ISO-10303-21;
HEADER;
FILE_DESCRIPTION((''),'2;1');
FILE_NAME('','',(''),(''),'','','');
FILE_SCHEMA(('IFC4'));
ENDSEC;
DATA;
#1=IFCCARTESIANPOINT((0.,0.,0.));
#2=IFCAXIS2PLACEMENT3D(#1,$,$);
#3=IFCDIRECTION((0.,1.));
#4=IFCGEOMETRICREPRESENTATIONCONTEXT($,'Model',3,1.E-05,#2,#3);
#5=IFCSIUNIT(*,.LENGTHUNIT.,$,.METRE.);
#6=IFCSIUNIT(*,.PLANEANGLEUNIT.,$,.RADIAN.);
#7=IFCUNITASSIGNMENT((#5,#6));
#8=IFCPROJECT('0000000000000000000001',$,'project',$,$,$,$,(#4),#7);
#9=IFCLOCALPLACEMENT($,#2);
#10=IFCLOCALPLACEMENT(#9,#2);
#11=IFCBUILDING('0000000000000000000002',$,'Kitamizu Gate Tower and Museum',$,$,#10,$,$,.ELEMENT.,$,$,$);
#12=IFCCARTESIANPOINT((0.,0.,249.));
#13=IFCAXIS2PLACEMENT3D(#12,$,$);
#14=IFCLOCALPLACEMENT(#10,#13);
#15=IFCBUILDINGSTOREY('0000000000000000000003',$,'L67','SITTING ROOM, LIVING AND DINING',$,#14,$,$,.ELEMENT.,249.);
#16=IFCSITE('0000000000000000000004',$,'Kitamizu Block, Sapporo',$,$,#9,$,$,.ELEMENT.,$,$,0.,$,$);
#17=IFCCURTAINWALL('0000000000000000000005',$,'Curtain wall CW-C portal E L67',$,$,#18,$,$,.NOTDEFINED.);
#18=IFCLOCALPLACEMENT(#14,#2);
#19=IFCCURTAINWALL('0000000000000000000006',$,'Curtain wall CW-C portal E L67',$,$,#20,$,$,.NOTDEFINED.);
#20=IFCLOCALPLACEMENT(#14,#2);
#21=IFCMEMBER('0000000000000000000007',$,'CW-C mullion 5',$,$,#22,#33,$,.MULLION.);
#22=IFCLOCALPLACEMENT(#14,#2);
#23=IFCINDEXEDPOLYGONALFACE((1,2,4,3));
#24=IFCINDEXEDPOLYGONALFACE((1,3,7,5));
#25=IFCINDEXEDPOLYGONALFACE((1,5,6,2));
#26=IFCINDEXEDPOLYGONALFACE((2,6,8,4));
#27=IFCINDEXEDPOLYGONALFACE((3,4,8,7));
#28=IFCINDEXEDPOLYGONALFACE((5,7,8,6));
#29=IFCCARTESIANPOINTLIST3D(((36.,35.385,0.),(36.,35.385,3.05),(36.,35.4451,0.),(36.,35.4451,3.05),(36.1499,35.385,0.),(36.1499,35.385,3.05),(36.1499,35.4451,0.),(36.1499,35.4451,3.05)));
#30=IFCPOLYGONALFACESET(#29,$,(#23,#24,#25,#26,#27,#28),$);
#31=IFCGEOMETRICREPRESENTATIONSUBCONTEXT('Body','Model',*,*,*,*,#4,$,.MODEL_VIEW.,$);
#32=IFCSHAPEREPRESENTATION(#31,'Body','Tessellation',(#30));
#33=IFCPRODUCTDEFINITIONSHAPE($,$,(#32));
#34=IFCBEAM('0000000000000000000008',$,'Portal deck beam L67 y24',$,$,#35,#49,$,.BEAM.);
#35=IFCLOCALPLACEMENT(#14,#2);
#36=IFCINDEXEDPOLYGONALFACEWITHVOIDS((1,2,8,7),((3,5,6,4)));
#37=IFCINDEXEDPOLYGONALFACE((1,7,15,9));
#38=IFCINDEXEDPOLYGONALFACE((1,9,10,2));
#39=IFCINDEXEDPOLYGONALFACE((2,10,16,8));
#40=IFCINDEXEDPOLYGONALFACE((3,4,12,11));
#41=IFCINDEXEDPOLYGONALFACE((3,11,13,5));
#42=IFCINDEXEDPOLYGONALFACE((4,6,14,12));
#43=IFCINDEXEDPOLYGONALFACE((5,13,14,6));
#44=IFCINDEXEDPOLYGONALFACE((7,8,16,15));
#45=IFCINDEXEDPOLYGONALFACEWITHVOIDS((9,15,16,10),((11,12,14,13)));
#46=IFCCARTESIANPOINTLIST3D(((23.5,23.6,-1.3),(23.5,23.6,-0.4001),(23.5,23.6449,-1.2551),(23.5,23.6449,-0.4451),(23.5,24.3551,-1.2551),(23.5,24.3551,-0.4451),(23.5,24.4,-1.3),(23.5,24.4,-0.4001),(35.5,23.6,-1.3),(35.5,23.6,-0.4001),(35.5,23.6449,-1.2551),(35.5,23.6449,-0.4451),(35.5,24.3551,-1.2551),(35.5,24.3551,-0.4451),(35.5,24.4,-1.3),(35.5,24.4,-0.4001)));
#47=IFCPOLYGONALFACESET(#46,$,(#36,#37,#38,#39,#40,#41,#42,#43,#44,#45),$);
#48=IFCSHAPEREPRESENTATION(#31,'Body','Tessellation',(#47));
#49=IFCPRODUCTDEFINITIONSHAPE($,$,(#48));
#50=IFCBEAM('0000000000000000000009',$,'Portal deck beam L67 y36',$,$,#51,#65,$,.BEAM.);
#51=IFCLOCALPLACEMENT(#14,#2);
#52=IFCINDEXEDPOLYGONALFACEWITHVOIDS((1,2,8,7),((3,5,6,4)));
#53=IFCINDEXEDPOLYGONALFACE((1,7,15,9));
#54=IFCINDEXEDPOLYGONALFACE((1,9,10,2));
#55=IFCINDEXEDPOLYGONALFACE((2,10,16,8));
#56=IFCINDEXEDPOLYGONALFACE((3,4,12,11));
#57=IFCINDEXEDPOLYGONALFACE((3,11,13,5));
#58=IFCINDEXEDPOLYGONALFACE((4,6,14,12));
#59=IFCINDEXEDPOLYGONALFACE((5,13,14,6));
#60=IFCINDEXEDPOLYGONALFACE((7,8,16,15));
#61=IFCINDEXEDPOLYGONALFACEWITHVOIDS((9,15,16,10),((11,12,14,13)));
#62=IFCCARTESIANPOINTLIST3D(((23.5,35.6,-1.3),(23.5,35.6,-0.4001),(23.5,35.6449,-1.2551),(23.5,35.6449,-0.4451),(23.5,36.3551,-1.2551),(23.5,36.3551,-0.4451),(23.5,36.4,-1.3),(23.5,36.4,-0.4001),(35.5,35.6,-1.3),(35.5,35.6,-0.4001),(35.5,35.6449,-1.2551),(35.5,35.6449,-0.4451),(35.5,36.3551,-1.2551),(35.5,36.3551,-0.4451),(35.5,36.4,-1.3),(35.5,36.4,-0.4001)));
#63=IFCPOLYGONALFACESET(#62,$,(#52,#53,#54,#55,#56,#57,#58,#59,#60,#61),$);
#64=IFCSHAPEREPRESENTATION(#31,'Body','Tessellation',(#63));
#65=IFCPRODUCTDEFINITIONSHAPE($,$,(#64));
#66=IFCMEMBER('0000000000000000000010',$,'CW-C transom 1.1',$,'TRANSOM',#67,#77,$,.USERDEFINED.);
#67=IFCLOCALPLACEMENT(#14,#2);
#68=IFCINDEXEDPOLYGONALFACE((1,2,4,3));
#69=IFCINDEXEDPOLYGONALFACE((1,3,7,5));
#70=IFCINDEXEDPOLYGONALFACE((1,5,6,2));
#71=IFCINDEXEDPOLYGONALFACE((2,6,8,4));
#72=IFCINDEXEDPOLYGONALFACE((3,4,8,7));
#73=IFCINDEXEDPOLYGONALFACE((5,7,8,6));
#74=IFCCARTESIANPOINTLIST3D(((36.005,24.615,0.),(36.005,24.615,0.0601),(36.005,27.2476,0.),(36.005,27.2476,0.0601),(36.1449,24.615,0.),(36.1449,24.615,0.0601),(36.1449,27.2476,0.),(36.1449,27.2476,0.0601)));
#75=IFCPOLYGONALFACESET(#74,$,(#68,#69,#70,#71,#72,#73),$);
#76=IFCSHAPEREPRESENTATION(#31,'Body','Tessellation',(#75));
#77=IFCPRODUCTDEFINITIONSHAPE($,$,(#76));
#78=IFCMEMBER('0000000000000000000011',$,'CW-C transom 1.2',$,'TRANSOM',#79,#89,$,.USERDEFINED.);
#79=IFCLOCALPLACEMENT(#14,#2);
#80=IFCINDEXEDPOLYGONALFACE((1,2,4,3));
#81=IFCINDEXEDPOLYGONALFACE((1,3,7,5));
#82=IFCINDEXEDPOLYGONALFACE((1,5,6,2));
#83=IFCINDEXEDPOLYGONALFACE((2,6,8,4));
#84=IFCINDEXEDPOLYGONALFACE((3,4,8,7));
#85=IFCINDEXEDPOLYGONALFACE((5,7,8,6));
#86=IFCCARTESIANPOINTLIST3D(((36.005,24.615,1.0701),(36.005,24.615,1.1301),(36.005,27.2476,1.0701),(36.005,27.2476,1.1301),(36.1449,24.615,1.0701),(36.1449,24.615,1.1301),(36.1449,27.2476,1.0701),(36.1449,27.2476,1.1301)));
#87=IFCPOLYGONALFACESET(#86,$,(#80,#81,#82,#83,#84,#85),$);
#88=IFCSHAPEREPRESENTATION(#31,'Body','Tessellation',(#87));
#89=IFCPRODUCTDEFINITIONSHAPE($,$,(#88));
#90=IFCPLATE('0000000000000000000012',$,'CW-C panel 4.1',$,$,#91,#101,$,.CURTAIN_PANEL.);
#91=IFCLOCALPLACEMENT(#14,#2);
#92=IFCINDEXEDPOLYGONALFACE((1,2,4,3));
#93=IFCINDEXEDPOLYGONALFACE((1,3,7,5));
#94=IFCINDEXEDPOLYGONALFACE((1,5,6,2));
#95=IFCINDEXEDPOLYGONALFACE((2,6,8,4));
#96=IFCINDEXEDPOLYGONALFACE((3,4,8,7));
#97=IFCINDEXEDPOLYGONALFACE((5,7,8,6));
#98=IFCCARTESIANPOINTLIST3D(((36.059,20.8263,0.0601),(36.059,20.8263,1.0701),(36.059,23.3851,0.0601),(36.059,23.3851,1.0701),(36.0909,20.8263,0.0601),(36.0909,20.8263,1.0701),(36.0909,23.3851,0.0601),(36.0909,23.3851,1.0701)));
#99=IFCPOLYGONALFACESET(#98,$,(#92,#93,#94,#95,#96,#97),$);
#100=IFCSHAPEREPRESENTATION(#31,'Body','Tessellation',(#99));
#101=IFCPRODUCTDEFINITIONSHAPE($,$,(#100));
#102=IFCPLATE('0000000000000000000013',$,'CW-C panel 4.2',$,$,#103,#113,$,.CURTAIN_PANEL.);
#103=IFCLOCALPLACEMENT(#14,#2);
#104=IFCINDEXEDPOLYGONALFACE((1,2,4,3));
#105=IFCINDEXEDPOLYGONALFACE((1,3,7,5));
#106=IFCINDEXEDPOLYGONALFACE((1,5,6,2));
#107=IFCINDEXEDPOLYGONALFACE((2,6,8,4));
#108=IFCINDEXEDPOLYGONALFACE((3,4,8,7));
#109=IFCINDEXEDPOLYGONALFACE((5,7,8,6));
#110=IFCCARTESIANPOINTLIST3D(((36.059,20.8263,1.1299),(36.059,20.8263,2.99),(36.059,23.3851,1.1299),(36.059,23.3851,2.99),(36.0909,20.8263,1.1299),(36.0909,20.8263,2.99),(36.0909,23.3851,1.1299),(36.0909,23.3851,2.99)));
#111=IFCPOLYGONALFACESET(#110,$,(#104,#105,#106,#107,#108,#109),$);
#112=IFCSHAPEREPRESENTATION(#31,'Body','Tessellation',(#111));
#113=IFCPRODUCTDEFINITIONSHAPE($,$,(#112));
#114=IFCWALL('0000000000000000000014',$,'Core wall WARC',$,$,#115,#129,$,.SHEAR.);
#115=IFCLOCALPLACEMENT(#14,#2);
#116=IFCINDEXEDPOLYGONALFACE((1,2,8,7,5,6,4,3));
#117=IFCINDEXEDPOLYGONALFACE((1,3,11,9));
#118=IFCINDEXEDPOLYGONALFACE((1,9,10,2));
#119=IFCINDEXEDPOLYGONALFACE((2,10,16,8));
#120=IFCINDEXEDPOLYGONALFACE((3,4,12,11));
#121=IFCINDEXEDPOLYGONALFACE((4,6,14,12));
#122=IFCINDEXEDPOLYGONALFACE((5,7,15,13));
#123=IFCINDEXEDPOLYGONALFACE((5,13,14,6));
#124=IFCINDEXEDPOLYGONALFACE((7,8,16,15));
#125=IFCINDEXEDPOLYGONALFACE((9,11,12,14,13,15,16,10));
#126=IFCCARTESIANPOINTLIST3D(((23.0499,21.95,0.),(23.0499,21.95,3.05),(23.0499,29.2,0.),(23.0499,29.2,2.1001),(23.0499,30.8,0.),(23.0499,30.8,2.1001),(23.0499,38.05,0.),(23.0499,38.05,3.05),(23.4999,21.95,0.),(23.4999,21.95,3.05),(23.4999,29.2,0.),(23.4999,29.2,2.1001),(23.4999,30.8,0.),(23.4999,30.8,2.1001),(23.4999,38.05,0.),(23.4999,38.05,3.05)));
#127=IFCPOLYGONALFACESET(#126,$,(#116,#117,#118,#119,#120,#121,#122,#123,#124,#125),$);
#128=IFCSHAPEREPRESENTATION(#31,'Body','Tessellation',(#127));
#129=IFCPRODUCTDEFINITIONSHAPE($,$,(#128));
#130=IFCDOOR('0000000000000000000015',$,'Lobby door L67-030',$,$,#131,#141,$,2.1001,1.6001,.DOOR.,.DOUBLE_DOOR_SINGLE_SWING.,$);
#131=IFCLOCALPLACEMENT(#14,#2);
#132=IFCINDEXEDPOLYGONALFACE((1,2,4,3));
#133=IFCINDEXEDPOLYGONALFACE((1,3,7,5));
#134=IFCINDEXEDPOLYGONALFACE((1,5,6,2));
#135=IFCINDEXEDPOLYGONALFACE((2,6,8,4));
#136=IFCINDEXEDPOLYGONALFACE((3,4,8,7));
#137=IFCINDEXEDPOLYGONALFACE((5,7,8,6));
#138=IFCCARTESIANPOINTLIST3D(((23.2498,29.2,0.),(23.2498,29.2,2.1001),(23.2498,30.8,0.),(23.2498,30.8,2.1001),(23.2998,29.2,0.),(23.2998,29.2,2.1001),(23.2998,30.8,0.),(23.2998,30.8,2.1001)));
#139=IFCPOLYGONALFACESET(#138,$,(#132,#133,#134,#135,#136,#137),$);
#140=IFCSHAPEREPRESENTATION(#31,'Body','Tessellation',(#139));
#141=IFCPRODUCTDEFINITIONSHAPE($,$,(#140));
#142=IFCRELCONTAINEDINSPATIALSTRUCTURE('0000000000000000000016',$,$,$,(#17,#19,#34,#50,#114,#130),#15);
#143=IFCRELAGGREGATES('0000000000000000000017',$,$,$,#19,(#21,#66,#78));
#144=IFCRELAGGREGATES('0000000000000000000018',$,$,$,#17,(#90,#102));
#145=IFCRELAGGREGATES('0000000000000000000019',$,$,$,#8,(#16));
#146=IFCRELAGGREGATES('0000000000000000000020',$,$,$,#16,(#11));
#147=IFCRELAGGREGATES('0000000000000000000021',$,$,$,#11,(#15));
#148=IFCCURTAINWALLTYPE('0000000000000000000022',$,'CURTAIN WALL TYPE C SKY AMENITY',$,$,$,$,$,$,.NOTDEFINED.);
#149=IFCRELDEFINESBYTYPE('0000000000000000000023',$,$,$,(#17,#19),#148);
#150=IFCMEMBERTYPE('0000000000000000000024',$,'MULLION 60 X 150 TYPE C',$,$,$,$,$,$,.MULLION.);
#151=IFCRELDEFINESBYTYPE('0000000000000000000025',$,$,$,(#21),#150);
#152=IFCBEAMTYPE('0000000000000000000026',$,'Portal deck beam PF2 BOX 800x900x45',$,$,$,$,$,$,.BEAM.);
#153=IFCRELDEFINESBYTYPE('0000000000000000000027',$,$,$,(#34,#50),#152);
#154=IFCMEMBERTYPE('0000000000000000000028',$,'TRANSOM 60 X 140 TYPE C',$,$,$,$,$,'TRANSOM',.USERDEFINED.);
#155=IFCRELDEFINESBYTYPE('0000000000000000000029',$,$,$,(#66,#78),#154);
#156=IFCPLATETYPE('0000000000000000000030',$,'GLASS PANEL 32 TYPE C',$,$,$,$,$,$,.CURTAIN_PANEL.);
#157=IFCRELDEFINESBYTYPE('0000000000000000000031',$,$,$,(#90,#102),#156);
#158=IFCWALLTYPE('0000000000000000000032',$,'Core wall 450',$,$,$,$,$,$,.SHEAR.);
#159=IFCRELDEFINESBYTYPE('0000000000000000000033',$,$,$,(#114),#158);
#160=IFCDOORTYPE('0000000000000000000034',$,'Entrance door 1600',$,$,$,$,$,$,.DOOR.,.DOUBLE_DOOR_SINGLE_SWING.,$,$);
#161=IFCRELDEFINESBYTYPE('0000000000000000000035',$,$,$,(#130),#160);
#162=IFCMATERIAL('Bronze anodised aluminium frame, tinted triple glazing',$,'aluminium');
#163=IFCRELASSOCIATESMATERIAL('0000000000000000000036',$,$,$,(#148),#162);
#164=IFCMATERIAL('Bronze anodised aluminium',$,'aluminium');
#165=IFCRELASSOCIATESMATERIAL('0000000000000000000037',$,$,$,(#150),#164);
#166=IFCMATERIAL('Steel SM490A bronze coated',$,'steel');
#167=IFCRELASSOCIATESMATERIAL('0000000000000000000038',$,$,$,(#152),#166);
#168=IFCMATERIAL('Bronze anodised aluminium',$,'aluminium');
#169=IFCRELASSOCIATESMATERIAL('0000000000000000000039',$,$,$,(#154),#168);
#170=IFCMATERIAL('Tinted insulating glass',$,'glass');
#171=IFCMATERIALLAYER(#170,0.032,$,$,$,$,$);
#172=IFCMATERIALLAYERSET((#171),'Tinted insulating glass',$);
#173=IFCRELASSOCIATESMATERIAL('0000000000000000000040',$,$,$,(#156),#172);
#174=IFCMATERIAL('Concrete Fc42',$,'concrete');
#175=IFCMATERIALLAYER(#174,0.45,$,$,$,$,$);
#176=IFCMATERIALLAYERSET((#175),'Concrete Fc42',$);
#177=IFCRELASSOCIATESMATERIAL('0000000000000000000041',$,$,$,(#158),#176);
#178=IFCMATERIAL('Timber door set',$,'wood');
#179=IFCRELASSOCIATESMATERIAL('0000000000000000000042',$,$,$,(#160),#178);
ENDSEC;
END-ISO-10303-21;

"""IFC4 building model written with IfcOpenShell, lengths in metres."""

from ifc_helpers import new_model, si_unit, direction, frame, frame_2d, origin, origin_2d, place, context, subcontext, project, spatial, rectangle, hollow_rectangle, extrude, material, layer, layer_set, material_profile, profile_set, type_object, element, fill, aggregate, save


model = new_model("IFC4")

# Units and contexts
model_context = context("Model", 3, precision=1e-05, world=origin(), true_north=direction((0.0, 1.0)))
body_context = subcontext(model_context, "Body", "Model", "MODEL_VIEW")
ifc_project = project(units=[si_unit("LENGTHUNIT", "METRE"), si_unit("PLANEANGLEUNIT", "RADIAN")], contexts=[model_context])

# Site, building, storey
site_placement = place(None, origin())
site = spatial("IfcSite", under=ifc_project, at=site_placement, Name="Kitamizu Block, Sapporo", CompositionType="ELEMENT", RefElevation=0.0)
building_placement = place(site_placement, origin())
building = spatial("IfcBuilding", under=site, at=building_placement, Name="Kitamizu Gate Tower and Museum", CompositionType="ELEMENT")
storey_placement = place(building_placement, frame((0.0, 0.0, 249.0)))
storey = spatial("IfcBuildingStorey", under=building, at=storey_placement, Name="L67", Description="SITTING ROOM, LIVING AND DINING", CompositionType="ELEMENT", Elevation=249.0)

# Curtain wall
ifc_material_1 = material(Name="Bronze anodised aluminium frame, tinted triple glazing", Category="aluminium")
curtain_wall_type = type_object("IfcCurtainWallType", Name="CURTAIN WALL TYPE C SKY AMENITY", PredefinedType="NOTDEFINED", material=ifc_material_1)
curtain_wall_1_placement = place(storey_placement, origin())
curtain_wall_1 = element("IfcCurtainWall", 1, at=curtain_wall_1_placement, inside=storey, type_object=curtain_wall_type, Name="Curtain wall CW-C portal E L67", PredefinedType="NOTDEFINED")
ifc_material_2 = material(Name="Bronze anodised aluminium", Category="aluminium")
ifc_material_profile_1 = material_profile(ifc_material_2, rectangle(XDim=0.0601, YDim=0.1499, at=origin_2d()), Name="AL 60X150")
ifc_profile_set_1 = profile_set([ifc_material_profile_1], Name="Bronze anodised aluminium")
member_type_1 = type_object("IfcMemberType", Name="MULLION 60 X 150 TYPE C", PredefinedType="MULLION", material=ifc_profile_set_1)

# Curtain wall, member
curtain_wall_2_placement = place(storey_placement, origin())
curtain_wall_2 = element("IfcCurtainWall", 2, at=curtain_wall_2_placement, inside=storey, type_object=curtain_wall_type, Name="Curtain wall CW-C portal E L67", PredefinedType="NOTDEFINED")
member_1_placement = place(storey_placement, frame((36.075, 35.415, 0.0), z_axis=(0.0, 0.0, 1.0), x_axis=(0.0, 1.0, 0.0)))
member_1 = element("IfcMember", 3, at=member_1_placement, type_object=member_type_1, Name="CW-C mullion 5", PredefinedType="MULLION", context=body_context, shape_type="SweptSolid", body=[
    extrude(rectangle(XDim=0.0601, YDim=0.1499, at=origin_2d()), origin(), (0.0, 0.0, 1.0), 3.05),
])

# Beams
ifc_material_3 = material(Name="Steel SM490A bronze coated", Category="steel")
ifc_material_profile_2 = material_profile(ifc_material_3, hollow_rectangle(XDim=0.8, YDim=0.8999, WallThickness=0.0449, at=origin_2d()), Name="BOX 800x900x45")
ifc_profile_set_2 = profile_set([ifc_material_profile_2], Name="Steel SM490A bronze coated")
beam_type_1 = type_object("IfcBeamType", Name="Portal deck beam PF2 BOX 800x900x45", PredefinedType="BEAM", material=ifc_profile_set_2)
for number, where, z_axis, x_axis, name in (
    (4, (23.5, 24.0, -0.8501), (1.0, 0.0, 0.0), (0.0, 1.0, 0.0), "Portal deck beam L67 y24"),
    (5, (23.5, 36.0, -0.8501), (1.0, 0.0, 0.0), (0.0, 1.0, 0.0), "Portal deck beam L67 y36"),
):
    element("IfcBeam", number, at=place(storey_placement, frame(where, z_axis=z_axis, x_axis=x_axis)), inside=storey, type_object=beam_type_1, Name=name, PredefinedType="BEAM", context=body_context, shape_type="SweptSolid", body=[
        extrude(hollow_rectangle(XDim=0.8, YDim=0.8999, WallThickness=0.0449, at=origin_2d()), origin(), (0.0, 0.0, 1.0), 12.0),
    ])

# Members
ifc_material_4 = material(Name="Bronze anodised aluminium", Category="aluminium")
ifc_material_profile_3 = material_profile(ifc_material_4, rectangle(XDim=0.1399, YDim=0.0601, at=origin_2d()), Name="AL 60X140")
ifc_profile_set_3 = profile_set([ifc_material_profile_3], Name="Bronze anodised aluminium")
member_type_2 = type_object("IfcMemberType", Name="TRANSOM 60 X 140 TYPE C", ElementType="TRANSOM", PredefinedType="USERDEFINED", material=ifc_profile_set_3)
member_2_placement = place(storey_placement, frame((36.075, 24.615, 0.03), z_axis=(0.0, 1.0, 0.0), x_axis=(-1.0, 0.0, 0.0)))
member_2 = element("IfcMember", 6, at=member_2_placement, type_object=member_type_2, Name="CW-C transom 1.1", ObjectType="TRANSOM", PredefinedType="USERDEFINED", context=body_context, shape_type="SweptSolid", body=[
    extrude(rectangle(XDim=0.1399, YDim=0.0601, at=origin_2d()), origin(), (0.0, 0.0, 1.0), 2.6326),
])
member_3_placement = place(storey_placement, frame((36.075, 24.615, 1.1001), z_axis=(0.0, 1.0, 0.0), x_axis=(-1.0, 0.0, 0.0)))
member_3 = element("IfcMember", 7, at=member_3_placement, type_object=member_type_2, Name="CW-C transom 1.2", ObjectType="TRANSOM", PredefinedType="USERDEFINED", context=body_context, shape_type="SweptSolid", body=[
    extrude(rectangle(XDim=0.1399, YDim=0.0601, at=origin_2d()), origin(), (0.0, 0.0, 1.0), 2.6326),
])
aggregate(curtain_wall_2, [member_1, member_2, member_3])

# Plates
ifc_material_5 = material(Name="Tinted insulating glass", Category="glass")
ifc_layer_1 = layer(ifc_material_5, 0.032)
ifc_layer_set_1 = layer_set([ifc_layer_1], Name="Tinted insulating glass")
plate_type = type_object("IfcPlateType", Name="GLASS PANEL 32 TYPE C", PredefinedType="CURTAIN_PANEL", material=ifc_layer_set_1)
plate_1_placement = place(storey_placement, frame((36.075, 22.1057, 0.0601), z_axis=(0.0, 0.0, 1.0), x_axis=(0.0, 1.0, 0.0)))
plate_1 = element("IfcPlate", 8, at=plate_1_placement, type_object=plate_type, Name="CW-C panel 4.1", PredefinedType="CURTAIN_PANEL", context=body_context, shape_type="SweptSolid", body=[
    extrude(rectangle(XDim=2.5588, YDim=0.032, at=origin_2d()), origin(), (0.0, 0.0, 1.0), 1.01),
])
plate_2_placement = place(storey_placement, frame((36.075, 22.1057, 1.1299), z_axis=(0.0, 0.0, 1.0), x_axis=(0.0, 1.0, 0.0)))
plate_2 = element("IfcPlate", 9, at=plate_2_placement, type_object=plate_type, Name="CW-C panel 4.2", PredefinedType="CURTAIN_PANEL", context=body_context, shape_type="SweptSolid", body=[
    extrude(rectangle(XDim=2.5588, YDim=0.032, at=origin_2d()), origin(), (0.0, 0.0, 1.0), 1.8601),
])
aggregate(curtain_wall_1, [plate_1, plate_2])

# Wall, opening, door
ifc_material_6 = material(Name="Concrete Fc42", Category="concrete")
ifc_layer_2 = layer(ifc_material_6, 0.45)
ifc_layer_set_2 = layer_set([ifc_layer_2], Name="Concrete Fc42")
wall_type = type_object("IfcWallType", Name="Core wall 450", PredefinedType="SHEAR", material=ifc_layer_set_2)
wall_placement = place(storey_placement, frame((23.2749, 21.95, 0.0), z_axis=(0.0, 0.0, 1.0), x_axis=(0.0, 1.0, 0.0)))
wall = element("IfcWall", 10, at=wall_placement, inside=storey, type_object=wall_type, Name="Core wall WARC", PredefinedType="SHEAR", context=body_context, shape_type="SweptSolid", body=[
    extrude(rectangle(XDim=16.1001, YDim=0.45, at=frame_2d((8.05, 0.0))), origin(), (0.0, 0.0, 1.0), 3.05),
])
opening_placement = place(wall_placement, frame((7.25, 0.0, 0.0)))
opening = element("IfcOpeningElement", 11, at=opening_placement, cuts=wall, PredefinedType="OPENING", context=body_context, shape_type="SweptSolid", body=[
    extrude(rectangle(XDim=1.6001, YDim=2.1001, at=frame_2d((0.8, 1.05))), frame((0.0, 0.2349, 0.0), z_axis=(0.0, -1.0, 0.0), x_axis=(1.0, 0.0, 0.0)), (0.0, 0.0, 1.0), 0.47),
])
ifc_material_7 = material(Name="Timber door set", Category="wood")
door_type = type_object("IfcDoorType", Name="Entrance door 1600", OperationType="DOUBLE_DOOR_SINGLE_SWING", PredefinedType="DOOR", material=ifc_material_7)
door_placement = place(opening_placement, frame((1.6001, 0.0, 0.0), x_axis=(-1.0, 0.0, 0.0)))
door = element("IfcDoor", 12, at=door_placement, inside=storey, type_object=door_type, Name="Lobby door L67-030", OperationType="DOUBLE_DOOR_SINGLE_SWING", OverallHeight=2.1001, OverallWidth=1.6001, PredefinedType="DOOR", context=body_context, shape_type="SweptSolid", body=[
    extrude(rectangle(XDim=1.6001, YDim=2.1001, at=frame_2d((0.8, 1.05))), frame((0.0, 0.0249, 0.0), z_axis=(0.0, -1.0, 0.0), x_axis=(1.0, 0.0, 0.0)), (0.0, 0.0, 1.0), 0.05),
])
fill(opening, door)

save(model, "model.ifc")
